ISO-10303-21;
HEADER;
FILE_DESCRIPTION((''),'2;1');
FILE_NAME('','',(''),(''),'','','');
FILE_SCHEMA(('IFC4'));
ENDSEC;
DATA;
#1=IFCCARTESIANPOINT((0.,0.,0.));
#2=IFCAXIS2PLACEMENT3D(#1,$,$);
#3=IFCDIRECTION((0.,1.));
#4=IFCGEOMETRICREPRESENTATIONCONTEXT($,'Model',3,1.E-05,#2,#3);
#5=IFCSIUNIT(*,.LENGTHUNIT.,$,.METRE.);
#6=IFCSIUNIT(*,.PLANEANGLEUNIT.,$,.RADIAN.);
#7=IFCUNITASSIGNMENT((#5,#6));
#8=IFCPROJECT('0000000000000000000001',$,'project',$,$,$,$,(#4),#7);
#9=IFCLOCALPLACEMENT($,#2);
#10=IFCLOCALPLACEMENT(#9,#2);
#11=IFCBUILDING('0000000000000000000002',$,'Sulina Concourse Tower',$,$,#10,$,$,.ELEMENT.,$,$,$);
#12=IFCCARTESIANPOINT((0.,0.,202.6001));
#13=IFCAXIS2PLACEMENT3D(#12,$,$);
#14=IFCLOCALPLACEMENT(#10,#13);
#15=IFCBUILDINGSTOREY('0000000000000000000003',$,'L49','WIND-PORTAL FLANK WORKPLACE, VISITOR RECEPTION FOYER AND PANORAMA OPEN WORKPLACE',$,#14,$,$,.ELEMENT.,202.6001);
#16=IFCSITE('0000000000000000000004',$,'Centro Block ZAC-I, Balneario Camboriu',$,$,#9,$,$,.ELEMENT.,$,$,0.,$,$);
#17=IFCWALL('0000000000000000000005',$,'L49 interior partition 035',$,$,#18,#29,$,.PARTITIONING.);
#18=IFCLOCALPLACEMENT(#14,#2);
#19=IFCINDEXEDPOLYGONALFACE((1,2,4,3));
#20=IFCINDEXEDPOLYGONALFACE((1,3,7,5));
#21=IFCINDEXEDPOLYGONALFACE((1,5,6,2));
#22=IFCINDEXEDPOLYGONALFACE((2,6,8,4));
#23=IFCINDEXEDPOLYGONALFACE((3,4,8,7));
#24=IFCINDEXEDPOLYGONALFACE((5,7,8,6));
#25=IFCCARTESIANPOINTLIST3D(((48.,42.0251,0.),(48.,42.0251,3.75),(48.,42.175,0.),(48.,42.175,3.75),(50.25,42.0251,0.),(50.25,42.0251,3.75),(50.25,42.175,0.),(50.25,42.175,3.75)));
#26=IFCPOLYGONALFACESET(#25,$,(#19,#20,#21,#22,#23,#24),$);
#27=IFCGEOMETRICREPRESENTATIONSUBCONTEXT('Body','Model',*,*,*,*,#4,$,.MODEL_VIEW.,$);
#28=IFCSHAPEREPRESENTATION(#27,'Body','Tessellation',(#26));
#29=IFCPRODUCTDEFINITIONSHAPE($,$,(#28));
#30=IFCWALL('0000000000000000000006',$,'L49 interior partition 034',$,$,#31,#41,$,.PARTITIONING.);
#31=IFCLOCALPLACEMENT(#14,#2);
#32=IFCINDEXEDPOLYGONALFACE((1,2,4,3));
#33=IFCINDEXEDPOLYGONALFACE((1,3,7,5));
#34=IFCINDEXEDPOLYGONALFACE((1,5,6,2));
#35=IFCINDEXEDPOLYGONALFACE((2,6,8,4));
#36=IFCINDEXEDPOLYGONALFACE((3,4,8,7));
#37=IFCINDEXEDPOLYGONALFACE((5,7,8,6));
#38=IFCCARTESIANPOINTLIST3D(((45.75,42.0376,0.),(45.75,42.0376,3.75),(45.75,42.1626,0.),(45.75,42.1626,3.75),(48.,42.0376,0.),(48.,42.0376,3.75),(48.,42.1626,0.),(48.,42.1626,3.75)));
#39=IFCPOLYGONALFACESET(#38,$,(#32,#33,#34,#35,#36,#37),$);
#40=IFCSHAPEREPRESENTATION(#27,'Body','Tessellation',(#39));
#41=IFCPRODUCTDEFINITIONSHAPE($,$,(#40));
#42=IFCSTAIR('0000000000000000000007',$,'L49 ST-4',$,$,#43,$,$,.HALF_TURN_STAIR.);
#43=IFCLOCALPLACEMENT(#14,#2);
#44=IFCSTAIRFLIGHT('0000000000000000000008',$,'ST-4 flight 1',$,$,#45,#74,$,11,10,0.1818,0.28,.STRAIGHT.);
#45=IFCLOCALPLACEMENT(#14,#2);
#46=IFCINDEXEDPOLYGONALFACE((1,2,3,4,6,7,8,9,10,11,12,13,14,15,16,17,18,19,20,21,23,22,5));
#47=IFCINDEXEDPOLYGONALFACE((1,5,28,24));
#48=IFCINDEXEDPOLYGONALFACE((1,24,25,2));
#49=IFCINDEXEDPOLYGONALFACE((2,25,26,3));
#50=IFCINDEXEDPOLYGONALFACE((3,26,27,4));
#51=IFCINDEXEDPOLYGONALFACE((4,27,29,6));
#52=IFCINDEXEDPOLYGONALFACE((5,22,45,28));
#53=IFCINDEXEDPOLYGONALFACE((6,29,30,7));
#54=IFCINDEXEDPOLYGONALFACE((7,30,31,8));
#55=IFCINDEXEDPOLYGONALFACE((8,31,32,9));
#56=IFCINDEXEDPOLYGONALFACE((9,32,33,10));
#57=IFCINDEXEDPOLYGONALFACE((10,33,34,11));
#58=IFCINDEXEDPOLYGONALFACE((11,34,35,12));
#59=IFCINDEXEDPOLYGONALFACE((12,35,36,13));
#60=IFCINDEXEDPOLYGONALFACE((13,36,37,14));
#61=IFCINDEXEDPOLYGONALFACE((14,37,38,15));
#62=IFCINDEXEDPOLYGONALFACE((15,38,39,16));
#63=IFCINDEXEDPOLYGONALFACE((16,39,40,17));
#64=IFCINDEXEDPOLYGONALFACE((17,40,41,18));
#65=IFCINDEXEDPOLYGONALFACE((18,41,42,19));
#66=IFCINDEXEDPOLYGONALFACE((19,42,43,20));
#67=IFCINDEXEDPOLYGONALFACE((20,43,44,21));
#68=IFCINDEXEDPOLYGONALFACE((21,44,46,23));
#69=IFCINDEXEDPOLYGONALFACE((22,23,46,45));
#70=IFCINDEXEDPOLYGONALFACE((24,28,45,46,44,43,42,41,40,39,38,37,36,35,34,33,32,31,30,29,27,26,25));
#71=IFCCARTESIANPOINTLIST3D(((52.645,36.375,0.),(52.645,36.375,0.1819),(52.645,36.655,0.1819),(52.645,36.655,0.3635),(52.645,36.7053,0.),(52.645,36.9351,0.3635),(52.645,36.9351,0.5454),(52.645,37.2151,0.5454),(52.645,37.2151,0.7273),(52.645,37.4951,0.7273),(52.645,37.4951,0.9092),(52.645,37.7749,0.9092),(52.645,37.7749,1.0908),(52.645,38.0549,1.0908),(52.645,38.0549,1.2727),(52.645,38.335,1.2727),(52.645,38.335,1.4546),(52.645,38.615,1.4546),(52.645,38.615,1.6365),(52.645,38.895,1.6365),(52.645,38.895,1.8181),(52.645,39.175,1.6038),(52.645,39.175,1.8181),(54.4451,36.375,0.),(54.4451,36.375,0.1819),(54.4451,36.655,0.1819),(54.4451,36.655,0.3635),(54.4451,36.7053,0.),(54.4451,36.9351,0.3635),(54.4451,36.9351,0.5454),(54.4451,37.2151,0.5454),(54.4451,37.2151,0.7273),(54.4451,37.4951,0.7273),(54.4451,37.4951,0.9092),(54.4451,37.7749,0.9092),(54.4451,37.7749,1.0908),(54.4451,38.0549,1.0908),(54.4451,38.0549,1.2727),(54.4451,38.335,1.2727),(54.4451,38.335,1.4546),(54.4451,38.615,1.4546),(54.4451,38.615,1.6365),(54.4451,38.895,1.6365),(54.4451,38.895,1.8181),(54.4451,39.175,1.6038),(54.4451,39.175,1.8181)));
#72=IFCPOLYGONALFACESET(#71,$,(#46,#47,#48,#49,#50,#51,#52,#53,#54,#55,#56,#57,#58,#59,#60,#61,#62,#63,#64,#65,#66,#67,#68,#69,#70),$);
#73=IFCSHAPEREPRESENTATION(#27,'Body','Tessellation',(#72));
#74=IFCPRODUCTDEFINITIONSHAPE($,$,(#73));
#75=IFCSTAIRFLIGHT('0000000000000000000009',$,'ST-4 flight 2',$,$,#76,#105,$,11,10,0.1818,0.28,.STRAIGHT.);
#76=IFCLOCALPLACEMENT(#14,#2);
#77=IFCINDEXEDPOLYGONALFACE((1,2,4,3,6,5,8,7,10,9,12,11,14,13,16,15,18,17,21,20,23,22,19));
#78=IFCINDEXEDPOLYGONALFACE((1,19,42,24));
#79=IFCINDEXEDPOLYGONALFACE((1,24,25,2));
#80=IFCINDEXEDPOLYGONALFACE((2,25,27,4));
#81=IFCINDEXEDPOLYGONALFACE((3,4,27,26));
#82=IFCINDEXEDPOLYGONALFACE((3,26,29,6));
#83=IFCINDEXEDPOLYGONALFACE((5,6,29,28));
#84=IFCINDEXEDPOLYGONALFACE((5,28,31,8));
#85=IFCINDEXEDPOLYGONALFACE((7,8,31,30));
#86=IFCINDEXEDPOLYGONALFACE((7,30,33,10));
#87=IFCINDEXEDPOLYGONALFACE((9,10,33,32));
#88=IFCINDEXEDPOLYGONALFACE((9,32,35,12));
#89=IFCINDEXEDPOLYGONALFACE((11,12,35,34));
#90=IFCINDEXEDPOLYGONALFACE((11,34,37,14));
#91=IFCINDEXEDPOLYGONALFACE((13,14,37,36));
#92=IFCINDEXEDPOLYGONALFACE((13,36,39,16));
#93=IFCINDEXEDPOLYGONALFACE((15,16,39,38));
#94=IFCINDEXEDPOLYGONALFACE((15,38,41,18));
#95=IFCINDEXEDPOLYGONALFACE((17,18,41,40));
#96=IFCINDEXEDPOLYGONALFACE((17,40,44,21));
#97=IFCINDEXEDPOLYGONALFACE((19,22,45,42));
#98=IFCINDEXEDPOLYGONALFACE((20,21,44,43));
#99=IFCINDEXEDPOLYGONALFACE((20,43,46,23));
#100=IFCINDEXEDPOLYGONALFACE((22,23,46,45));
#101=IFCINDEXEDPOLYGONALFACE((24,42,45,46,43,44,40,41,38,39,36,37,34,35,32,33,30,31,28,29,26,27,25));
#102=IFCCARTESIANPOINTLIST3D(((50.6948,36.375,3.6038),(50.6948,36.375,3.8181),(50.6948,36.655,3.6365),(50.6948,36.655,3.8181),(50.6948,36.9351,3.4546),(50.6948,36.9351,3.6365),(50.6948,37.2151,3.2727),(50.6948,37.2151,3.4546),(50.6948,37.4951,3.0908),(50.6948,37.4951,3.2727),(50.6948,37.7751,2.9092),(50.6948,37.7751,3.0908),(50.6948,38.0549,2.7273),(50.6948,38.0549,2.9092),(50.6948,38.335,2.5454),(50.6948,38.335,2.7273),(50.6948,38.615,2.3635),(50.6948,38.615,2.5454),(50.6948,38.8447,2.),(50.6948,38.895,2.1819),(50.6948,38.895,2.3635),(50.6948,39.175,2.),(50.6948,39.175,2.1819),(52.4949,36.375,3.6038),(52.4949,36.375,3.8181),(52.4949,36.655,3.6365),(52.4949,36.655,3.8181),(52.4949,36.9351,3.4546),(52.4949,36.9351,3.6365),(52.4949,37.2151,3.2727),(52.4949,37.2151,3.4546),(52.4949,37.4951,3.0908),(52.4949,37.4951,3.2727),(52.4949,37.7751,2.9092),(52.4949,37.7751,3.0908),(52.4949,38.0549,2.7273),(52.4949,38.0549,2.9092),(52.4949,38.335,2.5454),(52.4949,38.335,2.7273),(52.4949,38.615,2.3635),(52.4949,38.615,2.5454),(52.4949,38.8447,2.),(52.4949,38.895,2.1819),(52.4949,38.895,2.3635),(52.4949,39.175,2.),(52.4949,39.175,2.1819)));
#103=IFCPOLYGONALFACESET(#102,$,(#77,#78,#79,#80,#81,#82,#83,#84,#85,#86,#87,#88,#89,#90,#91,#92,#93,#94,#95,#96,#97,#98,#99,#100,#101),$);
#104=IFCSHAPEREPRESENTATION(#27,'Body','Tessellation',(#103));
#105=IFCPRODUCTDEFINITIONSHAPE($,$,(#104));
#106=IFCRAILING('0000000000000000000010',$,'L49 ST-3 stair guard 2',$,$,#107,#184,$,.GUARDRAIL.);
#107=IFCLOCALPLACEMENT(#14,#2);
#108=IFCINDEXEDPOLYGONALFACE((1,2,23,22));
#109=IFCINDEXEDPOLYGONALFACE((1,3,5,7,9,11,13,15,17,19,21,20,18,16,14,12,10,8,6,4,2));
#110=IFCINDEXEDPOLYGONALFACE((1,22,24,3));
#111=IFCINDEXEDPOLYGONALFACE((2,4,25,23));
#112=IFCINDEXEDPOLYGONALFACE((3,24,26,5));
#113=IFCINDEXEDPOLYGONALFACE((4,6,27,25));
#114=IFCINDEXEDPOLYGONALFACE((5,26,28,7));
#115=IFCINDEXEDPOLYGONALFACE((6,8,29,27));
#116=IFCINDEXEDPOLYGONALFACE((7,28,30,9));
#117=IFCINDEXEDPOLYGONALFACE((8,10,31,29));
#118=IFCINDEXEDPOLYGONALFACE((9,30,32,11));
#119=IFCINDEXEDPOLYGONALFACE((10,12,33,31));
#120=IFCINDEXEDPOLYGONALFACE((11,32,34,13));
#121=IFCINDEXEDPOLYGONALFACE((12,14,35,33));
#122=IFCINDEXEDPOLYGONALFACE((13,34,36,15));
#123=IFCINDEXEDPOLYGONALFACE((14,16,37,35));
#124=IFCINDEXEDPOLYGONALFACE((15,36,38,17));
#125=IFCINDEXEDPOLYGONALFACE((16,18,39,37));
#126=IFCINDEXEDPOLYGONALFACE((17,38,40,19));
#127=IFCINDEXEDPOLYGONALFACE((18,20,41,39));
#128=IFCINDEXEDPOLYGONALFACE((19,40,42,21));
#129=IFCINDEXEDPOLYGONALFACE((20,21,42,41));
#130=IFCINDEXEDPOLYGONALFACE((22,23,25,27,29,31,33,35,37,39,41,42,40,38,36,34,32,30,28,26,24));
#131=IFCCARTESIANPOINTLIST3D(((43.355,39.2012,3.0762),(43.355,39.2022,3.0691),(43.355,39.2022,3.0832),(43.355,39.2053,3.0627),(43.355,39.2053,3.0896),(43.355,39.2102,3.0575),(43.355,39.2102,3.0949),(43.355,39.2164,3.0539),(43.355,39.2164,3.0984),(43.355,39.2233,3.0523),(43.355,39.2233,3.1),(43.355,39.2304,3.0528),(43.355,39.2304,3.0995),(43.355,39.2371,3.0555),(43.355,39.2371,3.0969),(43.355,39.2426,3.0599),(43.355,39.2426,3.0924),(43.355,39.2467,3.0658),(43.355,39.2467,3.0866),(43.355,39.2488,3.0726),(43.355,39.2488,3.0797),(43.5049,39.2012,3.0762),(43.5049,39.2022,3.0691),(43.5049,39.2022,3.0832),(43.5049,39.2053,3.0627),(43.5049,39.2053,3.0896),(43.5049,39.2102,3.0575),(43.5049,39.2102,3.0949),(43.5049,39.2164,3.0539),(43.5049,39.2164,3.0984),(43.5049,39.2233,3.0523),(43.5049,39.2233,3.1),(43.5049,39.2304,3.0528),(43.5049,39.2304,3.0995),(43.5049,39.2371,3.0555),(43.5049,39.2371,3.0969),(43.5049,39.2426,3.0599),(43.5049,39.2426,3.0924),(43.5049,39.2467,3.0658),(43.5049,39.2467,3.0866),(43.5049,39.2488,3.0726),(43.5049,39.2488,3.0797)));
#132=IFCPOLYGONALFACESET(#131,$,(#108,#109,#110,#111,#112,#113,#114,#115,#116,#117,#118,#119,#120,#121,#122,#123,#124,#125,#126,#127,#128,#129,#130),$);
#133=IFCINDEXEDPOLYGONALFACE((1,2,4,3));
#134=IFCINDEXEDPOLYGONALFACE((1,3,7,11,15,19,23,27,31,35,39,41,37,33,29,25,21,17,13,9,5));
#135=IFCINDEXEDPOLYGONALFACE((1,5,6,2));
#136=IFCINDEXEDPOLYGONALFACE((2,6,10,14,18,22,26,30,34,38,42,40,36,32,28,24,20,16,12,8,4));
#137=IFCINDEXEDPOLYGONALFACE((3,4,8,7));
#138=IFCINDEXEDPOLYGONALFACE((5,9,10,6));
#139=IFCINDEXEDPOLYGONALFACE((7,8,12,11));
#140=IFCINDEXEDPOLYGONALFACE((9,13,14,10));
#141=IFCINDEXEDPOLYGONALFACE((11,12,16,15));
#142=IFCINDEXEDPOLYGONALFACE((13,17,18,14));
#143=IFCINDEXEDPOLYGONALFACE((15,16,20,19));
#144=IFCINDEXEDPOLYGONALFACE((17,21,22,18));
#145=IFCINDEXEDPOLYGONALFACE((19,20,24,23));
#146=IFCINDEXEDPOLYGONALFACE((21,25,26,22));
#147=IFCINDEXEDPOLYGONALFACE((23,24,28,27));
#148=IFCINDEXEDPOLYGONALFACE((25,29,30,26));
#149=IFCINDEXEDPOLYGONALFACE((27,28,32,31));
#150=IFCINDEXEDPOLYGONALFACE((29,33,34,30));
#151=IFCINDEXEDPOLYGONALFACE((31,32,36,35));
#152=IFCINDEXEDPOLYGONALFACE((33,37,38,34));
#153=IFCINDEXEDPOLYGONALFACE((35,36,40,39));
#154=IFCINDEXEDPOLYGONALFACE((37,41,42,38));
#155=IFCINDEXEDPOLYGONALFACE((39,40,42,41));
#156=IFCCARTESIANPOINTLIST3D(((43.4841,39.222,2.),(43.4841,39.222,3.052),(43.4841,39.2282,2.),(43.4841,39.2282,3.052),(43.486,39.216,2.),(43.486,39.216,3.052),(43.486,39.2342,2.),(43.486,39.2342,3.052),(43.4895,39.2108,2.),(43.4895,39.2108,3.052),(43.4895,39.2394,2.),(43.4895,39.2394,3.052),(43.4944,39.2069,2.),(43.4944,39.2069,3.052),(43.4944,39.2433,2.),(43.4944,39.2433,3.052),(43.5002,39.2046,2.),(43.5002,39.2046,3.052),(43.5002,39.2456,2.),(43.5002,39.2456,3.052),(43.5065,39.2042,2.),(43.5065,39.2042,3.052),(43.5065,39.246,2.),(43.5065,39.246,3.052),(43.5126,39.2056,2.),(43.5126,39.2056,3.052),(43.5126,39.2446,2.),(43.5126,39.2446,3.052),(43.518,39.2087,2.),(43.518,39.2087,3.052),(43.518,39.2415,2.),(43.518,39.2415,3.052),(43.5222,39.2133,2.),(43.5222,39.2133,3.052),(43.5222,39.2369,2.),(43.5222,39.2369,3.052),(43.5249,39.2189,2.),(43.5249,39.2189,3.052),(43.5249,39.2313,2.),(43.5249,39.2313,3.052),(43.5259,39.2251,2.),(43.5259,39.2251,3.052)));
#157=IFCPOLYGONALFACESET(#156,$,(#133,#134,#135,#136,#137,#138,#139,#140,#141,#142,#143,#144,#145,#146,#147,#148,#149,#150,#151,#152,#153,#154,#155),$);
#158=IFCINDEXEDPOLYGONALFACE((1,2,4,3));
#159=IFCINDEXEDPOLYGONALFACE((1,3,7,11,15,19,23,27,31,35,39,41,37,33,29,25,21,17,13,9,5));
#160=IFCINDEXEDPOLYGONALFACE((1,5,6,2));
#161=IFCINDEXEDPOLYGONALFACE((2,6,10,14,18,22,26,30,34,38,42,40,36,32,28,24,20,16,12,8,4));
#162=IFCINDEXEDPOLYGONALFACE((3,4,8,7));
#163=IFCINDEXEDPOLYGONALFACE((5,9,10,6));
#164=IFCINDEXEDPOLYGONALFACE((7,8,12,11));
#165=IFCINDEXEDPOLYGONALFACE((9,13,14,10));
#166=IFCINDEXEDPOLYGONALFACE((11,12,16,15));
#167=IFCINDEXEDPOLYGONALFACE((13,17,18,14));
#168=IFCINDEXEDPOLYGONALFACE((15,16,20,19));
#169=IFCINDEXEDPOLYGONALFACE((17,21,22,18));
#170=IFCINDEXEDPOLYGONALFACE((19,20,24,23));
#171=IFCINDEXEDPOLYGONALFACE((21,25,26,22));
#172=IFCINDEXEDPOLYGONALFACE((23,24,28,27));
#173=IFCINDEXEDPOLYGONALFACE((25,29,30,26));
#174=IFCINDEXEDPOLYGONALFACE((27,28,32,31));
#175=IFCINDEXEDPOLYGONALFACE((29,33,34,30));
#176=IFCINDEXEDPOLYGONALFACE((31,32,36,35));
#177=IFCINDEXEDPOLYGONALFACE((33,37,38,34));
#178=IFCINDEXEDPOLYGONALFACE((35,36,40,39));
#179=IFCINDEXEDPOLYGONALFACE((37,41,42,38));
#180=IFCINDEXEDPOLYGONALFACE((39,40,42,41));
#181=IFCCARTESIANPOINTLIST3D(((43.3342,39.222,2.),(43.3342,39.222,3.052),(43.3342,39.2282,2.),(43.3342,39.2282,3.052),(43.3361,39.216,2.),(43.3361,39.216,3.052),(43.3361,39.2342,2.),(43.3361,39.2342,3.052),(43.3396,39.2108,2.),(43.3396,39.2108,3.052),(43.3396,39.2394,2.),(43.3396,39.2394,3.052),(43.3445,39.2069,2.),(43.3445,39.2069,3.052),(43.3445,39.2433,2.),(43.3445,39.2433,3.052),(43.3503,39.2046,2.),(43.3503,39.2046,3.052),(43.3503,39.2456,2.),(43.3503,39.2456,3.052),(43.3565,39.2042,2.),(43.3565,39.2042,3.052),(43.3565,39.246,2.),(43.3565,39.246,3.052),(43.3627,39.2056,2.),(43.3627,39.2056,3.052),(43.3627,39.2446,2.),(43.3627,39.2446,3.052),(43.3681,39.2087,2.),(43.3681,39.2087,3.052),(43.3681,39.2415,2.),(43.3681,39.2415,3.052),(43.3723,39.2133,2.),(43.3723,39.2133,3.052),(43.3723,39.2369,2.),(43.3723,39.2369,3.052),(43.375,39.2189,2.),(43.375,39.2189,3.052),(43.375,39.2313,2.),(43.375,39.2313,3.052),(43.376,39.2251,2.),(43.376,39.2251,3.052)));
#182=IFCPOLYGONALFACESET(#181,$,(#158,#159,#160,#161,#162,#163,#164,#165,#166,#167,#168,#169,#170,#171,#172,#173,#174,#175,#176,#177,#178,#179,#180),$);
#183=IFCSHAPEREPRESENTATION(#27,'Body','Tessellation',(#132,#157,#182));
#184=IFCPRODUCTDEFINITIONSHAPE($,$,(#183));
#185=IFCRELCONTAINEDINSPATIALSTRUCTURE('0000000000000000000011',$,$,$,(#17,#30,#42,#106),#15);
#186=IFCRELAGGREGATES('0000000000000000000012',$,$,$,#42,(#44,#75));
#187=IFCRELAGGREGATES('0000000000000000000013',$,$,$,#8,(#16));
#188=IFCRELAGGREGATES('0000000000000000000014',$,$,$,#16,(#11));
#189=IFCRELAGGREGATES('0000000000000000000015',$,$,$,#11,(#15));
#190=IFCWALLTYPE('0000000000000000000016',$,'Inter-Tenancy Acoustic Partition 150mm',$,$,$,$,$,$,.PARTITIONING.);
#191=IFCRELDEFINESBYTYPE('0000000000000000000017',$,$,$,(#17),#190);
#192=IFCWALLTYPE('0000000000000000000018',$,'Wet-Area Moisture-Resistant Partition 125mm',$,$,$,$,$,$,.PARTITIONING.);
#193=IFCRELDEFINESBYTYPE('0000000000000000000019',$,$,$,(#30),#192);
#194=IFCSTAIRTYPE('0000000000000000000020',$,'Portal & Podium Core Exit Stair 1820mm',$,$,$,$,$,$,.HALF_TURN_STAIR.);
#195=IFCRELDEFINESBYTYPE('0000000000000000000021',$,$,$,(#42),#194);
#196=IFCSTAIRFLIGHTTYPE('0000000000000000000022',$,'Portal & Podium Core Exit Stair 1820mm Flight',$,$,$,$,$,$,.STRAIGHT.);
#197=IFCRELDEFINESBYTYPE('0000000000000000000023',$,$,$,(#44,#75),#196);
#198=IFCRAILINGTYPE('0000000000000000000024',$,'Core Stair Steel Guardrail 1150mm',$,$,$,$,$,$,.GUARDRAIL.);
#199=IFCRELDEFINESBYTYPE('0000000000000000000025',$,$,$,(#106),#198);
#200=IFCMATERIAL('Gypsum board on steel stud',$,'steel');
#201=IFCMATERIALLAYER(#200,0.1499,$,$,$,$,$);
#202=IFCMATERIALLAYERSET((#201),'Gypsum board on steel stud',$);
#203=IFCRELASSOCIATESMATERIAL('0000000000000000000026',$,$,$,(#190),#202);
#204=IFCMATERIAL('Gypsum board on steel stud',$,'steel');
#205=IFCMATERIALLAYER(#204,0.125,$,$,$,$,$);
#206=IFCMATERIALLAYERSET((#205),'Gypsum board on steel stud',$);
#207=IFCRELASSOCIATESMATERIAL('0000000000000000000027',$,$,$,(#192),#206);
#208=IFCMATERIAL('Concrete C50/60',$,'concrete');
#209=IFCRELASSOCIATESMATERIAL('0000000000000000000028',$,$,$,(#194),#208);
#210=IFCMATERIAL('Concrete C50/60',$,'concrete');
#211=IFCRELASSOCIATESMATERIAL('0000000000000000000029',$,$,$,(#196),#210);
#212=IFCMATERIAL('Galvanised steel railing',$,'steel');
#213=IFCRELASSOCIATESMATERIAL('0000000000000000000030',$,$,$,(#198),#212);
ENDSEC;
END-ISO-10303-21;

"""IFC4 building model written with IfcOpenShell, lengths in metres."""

from ifc_helpers import new_model, si_unit, direction, frame, frame_2d, origin, origin_2d, place, context, subcontext, project, spatial, polyline, rectangle, circle, outline, extrude, material, layer, layer_set, type_object, element, aggregate, save


model = new_model("IFC4")

# Units and contexts
model_context = context("Model", 3, precision=1e-05, world=origin(), true_north=direction((0.0, 1.0)))
body_context = subcontext(model_context, "Body", "Model", "MODEL_VIEW")
ifc_project = project(units=[si_unit("LENGTHUNIT", "METRE"), si_unit("PLANEANGLEUNIT", "RADIAN")], contexts=[model_context])

# Site, building, storey
site_placement = place(None, origin())
site = spatial("IfcSite", under=ifc_project, at=site_placement, Name="Centro Block ZAC-I, Balneario Camboriu", CompositionType="ELEMENT", RefElevation=0.0)
building_placement = place(site_placement, origin())
building = spatial("IfcBuilding", under=site, at=building_placement, Name="Sulina Concourse Tower", CompositionType="ELEMENT")
storey_placement = place(building_placement, frame((0.0, 0.0, 202.6001)))
storey = spatial("IfcBuildingStorey", under=building, at=storey_placement, Name="L49", Description="WIND-PORTAL FLANK WORKPLACE, VISITOR RECEPTION FOYER AND PANORAMA OPEN WORKPLACE", CompositionType="ELEMENT", Elevation=202.6001)

# Walls
ifc_material_1 = material(Name="Gypsum board on steel stud", Category="steel")
ifc_layer_1 = layer(ifc_material_1, 0.1499)
ifc_layer_set_1 = layer_set([ifc_layer_1], Name="Gypsum board on steel stud")
wall_type_1 = type_object("IfcWallType", Name="Inter-Tenancy Acoustic Partition 150mm", PredefinedType="PARTITIONING", material=ifc_layer_set_1)
wall_1_placement = place(storey_placement, frame((48.0, 42.1001, 0.0), z_axis=(0.0, 0.0, 1.0), x_axis=(1.0, 0.0, 0.0)))
element("IfcWall", 1, at=wall_1_placement, inside=storey, type_object=wall_type_1, Name="L49 interior partition 035", PredefinedType="PARTITIONING", context=body_context, shape_type="SweptSolid", body=[
    extrude(rectangle(XDim=2.25, YDim=0.1499, at=frame_2d((1.125, 0.0))), origin(), (0.0, 0.0, 1.0), 3.75),
])
ifc_material_2 = material(Name="Gypsum board on steel stud", Category="steel")
ifc_layer_2 = layer(ifc_material_2, 0.125)
ifc_layer_set_2 = layer_set([ifc_layer_2], Name="Gypsum board on steel stud")
wall_type_2 = type_object("IfcWallType", Name="Wet-Area Moisture-Resistant Partition 125mm", PredefinedType="PARTITIONING", material=ifc_layer_set_2)
wall_2_placement = place(storey_placement, frame((45.75, 42.1001, 0.0), z_axis=(0.0, 0.0, 1.0), x_axis=(1.0, 0.0, 0.0)))
element("IfcWall", 2, at=wall_2_placement, inside=storey, type_object=wall_type_2, Name="L49 interior partition 034", PredefinedType="PARTITIONING", context=body_context, shape_type="SweptSolid", body=[
    extrude(rectangle(XDim=2.25, YDim=0.125, at=frame_2d((1.125, 0.0))), origin(), (0.0, 0.0, 1.0), 3.75),
])

# Stair, stair flights
ifc_material_3 = material(Name="Concrete C50/60", Category="concrete")
stair_type = type_object("IfcStairType", Name="Portal & Podium Core Exit Stair 1820mm", PredefinedType="HALF_TURN_STAIR", material=ifc_material_3)
stair_placement = place(storey_placement, origin())
stair = element("IfcStair", 3, at=stair_placement, inside=storey, type_object=stair_type, Name="L49 ST-4", PredefinedType="HALF_TURN_STAIR")
ifc_material_4 = material(Name="Concrete C50/60", Category="concrete")
stair_flight_type = type_object("IfcStairFlightType", Name="Portal & Podium Core Exit Stair 1820mm Flight", PredefinedType="STRAIGHT", material=ifc_material_4)
stair_flight_1_placement = place(storey_placement, frame((53.5449, 36.375, 0.0), z_axis=(0.0, 0.0, 1.0), x_axis=(0.0, 1.0, 0.0)))
stair_flight_1 = element("IfcStairFlight", 4, at=stair_flight_1_placement, type_object=stair_flight_type, Name="ST-4 flight 1", NumberOfRisers=11, NumberOfTreads=10, PredefinedType="STRAIGHT", RiserHeight=0.1818, TreadLength=0.28, context=body_context, shape_type="SweptSolid", body=[
    extrude(outline(polyline([(0.0, 0.0), (0.0, 0.1819), (0.28, 0.1819), (0.28, 0.3635), (0.5601, 0.3635), (0.5601, 0.5454), (0.8401, 0.5454), (0.8401, 0.7273), (1.1201, 0.7273), (1.1201, 0.9092), (1.3999, 0.9092), (1.3999, 1.0908), (1.6799, 1.0908), (1.6799, 1.2727), (1.96, 1.2727), (1.96, 1.4546), (2.24, 1.4546), (2.24, 1.6365), (2.52, 1.6365), (2.52, 1.8181), (2.8, 1.8181), (2.8, 2.0), (2.8, 1.6038), (0.3303, 0.0), (0.0, 0.0)])), frame((0.0, 0.8999, 0.0), z_axis=(0.0, -1.0, 0.0), x_axis=(1.0, 0.0, 0.0)), (0.0, 0.0, 1.0), 1.8),
])
stair_flight_2_placement = place(storey_placement, frame((51.595, 39.175, 2.0), z_axis=(0.0, 0.0, 1.0), x_axis=(0.0, -1.0, 0.0)))
stair_flight_2 = element("IfcStairFlight", 5, at=stair_flight_2_placement, type_object=stair_flight_type, Name="ST-4 flight 2", NumberOfRisers=11, NumberOfTreads=10, PredefinedType="STRAIGHT", RiserHeight=0.1818, TreadLength=0.28, context=body_context, shape_type="SweptSolid", body=[
    extrude(outline(polyline([(0.0, 0.0), (0.0, 0.1819), (0.28, 0.1819), (0.28, 0.3635), (0.5601, 0.3635), (0.5601, 0.5454), (0.8401, 0.5454), (0.8401, 0.7273), (1.1201, 0.7273), (1.1201, 0.9092), (1.3999, 0.9092), (1.3999, 1.0908), (1.6799, 1.0908), (1.6799, 1.2727), (1.96, 1.2727), (1.96, 1.4546), (2.24, 1.4546), (2.24, 1.6365), (2.52, 1.6365), (2.52, 1.8181), (2.8, 1.8181), (2.8, 2.0), (2.8, 1.6038), (0.3303, 0.0), (0.0, 0.0)])), frame((0.0, 0.8999, 0.0), z_axis=(0.0, -1.0, 0.0), x_axis=(1.0, 0.0, 0.0)), (0.0, 0.0, 1.0), 1.8),
])
aggregate(stair, [stair_flight_1, stair_flight_2])

# Railing
ifc_material_5 = material(Name="Galvanised steel railing", Category="steel")
railing_type_1 = type_object("IfcRailingType", Name="Core Stair Steel Guardrail 1150mm", PredefinedType="GUARDRAIL", material=ifc_material_5)
railing_1_placement = place(storey_placement, frame((43.5049, 39.2251, 2.0)))
element("IfcRailing", 6, at=railing_1_placement, inside=storey, type_object=railing_type_1, Name="L49 ST-3 stair guard 2", PredefinedType="GUARDRAIL", context=body_context, shape_type="SweptSolid", body=[
    extrude(circle(Radius=0.0239, at=origin_2d()), frame((0.0, 0.0, 1.0762), z_axis=(-1.0, 0.0, 0.0), x_axis=(0.0, -1.0, 0.0)), (0.0, 0.0, 1.0), 0.1499),
    extrude(circle(Radius=0.021, at=origin_2d()), origin(), (0.0, 0.0, 1.0), 1.052),
    extrude(circle(Radius=0.021, at=origin_2d()), frame((-0.1499, 0.0, 0.0)), (0.0, 0.0, 1.0), 1.052),
])

save(model, "model.ifc")
